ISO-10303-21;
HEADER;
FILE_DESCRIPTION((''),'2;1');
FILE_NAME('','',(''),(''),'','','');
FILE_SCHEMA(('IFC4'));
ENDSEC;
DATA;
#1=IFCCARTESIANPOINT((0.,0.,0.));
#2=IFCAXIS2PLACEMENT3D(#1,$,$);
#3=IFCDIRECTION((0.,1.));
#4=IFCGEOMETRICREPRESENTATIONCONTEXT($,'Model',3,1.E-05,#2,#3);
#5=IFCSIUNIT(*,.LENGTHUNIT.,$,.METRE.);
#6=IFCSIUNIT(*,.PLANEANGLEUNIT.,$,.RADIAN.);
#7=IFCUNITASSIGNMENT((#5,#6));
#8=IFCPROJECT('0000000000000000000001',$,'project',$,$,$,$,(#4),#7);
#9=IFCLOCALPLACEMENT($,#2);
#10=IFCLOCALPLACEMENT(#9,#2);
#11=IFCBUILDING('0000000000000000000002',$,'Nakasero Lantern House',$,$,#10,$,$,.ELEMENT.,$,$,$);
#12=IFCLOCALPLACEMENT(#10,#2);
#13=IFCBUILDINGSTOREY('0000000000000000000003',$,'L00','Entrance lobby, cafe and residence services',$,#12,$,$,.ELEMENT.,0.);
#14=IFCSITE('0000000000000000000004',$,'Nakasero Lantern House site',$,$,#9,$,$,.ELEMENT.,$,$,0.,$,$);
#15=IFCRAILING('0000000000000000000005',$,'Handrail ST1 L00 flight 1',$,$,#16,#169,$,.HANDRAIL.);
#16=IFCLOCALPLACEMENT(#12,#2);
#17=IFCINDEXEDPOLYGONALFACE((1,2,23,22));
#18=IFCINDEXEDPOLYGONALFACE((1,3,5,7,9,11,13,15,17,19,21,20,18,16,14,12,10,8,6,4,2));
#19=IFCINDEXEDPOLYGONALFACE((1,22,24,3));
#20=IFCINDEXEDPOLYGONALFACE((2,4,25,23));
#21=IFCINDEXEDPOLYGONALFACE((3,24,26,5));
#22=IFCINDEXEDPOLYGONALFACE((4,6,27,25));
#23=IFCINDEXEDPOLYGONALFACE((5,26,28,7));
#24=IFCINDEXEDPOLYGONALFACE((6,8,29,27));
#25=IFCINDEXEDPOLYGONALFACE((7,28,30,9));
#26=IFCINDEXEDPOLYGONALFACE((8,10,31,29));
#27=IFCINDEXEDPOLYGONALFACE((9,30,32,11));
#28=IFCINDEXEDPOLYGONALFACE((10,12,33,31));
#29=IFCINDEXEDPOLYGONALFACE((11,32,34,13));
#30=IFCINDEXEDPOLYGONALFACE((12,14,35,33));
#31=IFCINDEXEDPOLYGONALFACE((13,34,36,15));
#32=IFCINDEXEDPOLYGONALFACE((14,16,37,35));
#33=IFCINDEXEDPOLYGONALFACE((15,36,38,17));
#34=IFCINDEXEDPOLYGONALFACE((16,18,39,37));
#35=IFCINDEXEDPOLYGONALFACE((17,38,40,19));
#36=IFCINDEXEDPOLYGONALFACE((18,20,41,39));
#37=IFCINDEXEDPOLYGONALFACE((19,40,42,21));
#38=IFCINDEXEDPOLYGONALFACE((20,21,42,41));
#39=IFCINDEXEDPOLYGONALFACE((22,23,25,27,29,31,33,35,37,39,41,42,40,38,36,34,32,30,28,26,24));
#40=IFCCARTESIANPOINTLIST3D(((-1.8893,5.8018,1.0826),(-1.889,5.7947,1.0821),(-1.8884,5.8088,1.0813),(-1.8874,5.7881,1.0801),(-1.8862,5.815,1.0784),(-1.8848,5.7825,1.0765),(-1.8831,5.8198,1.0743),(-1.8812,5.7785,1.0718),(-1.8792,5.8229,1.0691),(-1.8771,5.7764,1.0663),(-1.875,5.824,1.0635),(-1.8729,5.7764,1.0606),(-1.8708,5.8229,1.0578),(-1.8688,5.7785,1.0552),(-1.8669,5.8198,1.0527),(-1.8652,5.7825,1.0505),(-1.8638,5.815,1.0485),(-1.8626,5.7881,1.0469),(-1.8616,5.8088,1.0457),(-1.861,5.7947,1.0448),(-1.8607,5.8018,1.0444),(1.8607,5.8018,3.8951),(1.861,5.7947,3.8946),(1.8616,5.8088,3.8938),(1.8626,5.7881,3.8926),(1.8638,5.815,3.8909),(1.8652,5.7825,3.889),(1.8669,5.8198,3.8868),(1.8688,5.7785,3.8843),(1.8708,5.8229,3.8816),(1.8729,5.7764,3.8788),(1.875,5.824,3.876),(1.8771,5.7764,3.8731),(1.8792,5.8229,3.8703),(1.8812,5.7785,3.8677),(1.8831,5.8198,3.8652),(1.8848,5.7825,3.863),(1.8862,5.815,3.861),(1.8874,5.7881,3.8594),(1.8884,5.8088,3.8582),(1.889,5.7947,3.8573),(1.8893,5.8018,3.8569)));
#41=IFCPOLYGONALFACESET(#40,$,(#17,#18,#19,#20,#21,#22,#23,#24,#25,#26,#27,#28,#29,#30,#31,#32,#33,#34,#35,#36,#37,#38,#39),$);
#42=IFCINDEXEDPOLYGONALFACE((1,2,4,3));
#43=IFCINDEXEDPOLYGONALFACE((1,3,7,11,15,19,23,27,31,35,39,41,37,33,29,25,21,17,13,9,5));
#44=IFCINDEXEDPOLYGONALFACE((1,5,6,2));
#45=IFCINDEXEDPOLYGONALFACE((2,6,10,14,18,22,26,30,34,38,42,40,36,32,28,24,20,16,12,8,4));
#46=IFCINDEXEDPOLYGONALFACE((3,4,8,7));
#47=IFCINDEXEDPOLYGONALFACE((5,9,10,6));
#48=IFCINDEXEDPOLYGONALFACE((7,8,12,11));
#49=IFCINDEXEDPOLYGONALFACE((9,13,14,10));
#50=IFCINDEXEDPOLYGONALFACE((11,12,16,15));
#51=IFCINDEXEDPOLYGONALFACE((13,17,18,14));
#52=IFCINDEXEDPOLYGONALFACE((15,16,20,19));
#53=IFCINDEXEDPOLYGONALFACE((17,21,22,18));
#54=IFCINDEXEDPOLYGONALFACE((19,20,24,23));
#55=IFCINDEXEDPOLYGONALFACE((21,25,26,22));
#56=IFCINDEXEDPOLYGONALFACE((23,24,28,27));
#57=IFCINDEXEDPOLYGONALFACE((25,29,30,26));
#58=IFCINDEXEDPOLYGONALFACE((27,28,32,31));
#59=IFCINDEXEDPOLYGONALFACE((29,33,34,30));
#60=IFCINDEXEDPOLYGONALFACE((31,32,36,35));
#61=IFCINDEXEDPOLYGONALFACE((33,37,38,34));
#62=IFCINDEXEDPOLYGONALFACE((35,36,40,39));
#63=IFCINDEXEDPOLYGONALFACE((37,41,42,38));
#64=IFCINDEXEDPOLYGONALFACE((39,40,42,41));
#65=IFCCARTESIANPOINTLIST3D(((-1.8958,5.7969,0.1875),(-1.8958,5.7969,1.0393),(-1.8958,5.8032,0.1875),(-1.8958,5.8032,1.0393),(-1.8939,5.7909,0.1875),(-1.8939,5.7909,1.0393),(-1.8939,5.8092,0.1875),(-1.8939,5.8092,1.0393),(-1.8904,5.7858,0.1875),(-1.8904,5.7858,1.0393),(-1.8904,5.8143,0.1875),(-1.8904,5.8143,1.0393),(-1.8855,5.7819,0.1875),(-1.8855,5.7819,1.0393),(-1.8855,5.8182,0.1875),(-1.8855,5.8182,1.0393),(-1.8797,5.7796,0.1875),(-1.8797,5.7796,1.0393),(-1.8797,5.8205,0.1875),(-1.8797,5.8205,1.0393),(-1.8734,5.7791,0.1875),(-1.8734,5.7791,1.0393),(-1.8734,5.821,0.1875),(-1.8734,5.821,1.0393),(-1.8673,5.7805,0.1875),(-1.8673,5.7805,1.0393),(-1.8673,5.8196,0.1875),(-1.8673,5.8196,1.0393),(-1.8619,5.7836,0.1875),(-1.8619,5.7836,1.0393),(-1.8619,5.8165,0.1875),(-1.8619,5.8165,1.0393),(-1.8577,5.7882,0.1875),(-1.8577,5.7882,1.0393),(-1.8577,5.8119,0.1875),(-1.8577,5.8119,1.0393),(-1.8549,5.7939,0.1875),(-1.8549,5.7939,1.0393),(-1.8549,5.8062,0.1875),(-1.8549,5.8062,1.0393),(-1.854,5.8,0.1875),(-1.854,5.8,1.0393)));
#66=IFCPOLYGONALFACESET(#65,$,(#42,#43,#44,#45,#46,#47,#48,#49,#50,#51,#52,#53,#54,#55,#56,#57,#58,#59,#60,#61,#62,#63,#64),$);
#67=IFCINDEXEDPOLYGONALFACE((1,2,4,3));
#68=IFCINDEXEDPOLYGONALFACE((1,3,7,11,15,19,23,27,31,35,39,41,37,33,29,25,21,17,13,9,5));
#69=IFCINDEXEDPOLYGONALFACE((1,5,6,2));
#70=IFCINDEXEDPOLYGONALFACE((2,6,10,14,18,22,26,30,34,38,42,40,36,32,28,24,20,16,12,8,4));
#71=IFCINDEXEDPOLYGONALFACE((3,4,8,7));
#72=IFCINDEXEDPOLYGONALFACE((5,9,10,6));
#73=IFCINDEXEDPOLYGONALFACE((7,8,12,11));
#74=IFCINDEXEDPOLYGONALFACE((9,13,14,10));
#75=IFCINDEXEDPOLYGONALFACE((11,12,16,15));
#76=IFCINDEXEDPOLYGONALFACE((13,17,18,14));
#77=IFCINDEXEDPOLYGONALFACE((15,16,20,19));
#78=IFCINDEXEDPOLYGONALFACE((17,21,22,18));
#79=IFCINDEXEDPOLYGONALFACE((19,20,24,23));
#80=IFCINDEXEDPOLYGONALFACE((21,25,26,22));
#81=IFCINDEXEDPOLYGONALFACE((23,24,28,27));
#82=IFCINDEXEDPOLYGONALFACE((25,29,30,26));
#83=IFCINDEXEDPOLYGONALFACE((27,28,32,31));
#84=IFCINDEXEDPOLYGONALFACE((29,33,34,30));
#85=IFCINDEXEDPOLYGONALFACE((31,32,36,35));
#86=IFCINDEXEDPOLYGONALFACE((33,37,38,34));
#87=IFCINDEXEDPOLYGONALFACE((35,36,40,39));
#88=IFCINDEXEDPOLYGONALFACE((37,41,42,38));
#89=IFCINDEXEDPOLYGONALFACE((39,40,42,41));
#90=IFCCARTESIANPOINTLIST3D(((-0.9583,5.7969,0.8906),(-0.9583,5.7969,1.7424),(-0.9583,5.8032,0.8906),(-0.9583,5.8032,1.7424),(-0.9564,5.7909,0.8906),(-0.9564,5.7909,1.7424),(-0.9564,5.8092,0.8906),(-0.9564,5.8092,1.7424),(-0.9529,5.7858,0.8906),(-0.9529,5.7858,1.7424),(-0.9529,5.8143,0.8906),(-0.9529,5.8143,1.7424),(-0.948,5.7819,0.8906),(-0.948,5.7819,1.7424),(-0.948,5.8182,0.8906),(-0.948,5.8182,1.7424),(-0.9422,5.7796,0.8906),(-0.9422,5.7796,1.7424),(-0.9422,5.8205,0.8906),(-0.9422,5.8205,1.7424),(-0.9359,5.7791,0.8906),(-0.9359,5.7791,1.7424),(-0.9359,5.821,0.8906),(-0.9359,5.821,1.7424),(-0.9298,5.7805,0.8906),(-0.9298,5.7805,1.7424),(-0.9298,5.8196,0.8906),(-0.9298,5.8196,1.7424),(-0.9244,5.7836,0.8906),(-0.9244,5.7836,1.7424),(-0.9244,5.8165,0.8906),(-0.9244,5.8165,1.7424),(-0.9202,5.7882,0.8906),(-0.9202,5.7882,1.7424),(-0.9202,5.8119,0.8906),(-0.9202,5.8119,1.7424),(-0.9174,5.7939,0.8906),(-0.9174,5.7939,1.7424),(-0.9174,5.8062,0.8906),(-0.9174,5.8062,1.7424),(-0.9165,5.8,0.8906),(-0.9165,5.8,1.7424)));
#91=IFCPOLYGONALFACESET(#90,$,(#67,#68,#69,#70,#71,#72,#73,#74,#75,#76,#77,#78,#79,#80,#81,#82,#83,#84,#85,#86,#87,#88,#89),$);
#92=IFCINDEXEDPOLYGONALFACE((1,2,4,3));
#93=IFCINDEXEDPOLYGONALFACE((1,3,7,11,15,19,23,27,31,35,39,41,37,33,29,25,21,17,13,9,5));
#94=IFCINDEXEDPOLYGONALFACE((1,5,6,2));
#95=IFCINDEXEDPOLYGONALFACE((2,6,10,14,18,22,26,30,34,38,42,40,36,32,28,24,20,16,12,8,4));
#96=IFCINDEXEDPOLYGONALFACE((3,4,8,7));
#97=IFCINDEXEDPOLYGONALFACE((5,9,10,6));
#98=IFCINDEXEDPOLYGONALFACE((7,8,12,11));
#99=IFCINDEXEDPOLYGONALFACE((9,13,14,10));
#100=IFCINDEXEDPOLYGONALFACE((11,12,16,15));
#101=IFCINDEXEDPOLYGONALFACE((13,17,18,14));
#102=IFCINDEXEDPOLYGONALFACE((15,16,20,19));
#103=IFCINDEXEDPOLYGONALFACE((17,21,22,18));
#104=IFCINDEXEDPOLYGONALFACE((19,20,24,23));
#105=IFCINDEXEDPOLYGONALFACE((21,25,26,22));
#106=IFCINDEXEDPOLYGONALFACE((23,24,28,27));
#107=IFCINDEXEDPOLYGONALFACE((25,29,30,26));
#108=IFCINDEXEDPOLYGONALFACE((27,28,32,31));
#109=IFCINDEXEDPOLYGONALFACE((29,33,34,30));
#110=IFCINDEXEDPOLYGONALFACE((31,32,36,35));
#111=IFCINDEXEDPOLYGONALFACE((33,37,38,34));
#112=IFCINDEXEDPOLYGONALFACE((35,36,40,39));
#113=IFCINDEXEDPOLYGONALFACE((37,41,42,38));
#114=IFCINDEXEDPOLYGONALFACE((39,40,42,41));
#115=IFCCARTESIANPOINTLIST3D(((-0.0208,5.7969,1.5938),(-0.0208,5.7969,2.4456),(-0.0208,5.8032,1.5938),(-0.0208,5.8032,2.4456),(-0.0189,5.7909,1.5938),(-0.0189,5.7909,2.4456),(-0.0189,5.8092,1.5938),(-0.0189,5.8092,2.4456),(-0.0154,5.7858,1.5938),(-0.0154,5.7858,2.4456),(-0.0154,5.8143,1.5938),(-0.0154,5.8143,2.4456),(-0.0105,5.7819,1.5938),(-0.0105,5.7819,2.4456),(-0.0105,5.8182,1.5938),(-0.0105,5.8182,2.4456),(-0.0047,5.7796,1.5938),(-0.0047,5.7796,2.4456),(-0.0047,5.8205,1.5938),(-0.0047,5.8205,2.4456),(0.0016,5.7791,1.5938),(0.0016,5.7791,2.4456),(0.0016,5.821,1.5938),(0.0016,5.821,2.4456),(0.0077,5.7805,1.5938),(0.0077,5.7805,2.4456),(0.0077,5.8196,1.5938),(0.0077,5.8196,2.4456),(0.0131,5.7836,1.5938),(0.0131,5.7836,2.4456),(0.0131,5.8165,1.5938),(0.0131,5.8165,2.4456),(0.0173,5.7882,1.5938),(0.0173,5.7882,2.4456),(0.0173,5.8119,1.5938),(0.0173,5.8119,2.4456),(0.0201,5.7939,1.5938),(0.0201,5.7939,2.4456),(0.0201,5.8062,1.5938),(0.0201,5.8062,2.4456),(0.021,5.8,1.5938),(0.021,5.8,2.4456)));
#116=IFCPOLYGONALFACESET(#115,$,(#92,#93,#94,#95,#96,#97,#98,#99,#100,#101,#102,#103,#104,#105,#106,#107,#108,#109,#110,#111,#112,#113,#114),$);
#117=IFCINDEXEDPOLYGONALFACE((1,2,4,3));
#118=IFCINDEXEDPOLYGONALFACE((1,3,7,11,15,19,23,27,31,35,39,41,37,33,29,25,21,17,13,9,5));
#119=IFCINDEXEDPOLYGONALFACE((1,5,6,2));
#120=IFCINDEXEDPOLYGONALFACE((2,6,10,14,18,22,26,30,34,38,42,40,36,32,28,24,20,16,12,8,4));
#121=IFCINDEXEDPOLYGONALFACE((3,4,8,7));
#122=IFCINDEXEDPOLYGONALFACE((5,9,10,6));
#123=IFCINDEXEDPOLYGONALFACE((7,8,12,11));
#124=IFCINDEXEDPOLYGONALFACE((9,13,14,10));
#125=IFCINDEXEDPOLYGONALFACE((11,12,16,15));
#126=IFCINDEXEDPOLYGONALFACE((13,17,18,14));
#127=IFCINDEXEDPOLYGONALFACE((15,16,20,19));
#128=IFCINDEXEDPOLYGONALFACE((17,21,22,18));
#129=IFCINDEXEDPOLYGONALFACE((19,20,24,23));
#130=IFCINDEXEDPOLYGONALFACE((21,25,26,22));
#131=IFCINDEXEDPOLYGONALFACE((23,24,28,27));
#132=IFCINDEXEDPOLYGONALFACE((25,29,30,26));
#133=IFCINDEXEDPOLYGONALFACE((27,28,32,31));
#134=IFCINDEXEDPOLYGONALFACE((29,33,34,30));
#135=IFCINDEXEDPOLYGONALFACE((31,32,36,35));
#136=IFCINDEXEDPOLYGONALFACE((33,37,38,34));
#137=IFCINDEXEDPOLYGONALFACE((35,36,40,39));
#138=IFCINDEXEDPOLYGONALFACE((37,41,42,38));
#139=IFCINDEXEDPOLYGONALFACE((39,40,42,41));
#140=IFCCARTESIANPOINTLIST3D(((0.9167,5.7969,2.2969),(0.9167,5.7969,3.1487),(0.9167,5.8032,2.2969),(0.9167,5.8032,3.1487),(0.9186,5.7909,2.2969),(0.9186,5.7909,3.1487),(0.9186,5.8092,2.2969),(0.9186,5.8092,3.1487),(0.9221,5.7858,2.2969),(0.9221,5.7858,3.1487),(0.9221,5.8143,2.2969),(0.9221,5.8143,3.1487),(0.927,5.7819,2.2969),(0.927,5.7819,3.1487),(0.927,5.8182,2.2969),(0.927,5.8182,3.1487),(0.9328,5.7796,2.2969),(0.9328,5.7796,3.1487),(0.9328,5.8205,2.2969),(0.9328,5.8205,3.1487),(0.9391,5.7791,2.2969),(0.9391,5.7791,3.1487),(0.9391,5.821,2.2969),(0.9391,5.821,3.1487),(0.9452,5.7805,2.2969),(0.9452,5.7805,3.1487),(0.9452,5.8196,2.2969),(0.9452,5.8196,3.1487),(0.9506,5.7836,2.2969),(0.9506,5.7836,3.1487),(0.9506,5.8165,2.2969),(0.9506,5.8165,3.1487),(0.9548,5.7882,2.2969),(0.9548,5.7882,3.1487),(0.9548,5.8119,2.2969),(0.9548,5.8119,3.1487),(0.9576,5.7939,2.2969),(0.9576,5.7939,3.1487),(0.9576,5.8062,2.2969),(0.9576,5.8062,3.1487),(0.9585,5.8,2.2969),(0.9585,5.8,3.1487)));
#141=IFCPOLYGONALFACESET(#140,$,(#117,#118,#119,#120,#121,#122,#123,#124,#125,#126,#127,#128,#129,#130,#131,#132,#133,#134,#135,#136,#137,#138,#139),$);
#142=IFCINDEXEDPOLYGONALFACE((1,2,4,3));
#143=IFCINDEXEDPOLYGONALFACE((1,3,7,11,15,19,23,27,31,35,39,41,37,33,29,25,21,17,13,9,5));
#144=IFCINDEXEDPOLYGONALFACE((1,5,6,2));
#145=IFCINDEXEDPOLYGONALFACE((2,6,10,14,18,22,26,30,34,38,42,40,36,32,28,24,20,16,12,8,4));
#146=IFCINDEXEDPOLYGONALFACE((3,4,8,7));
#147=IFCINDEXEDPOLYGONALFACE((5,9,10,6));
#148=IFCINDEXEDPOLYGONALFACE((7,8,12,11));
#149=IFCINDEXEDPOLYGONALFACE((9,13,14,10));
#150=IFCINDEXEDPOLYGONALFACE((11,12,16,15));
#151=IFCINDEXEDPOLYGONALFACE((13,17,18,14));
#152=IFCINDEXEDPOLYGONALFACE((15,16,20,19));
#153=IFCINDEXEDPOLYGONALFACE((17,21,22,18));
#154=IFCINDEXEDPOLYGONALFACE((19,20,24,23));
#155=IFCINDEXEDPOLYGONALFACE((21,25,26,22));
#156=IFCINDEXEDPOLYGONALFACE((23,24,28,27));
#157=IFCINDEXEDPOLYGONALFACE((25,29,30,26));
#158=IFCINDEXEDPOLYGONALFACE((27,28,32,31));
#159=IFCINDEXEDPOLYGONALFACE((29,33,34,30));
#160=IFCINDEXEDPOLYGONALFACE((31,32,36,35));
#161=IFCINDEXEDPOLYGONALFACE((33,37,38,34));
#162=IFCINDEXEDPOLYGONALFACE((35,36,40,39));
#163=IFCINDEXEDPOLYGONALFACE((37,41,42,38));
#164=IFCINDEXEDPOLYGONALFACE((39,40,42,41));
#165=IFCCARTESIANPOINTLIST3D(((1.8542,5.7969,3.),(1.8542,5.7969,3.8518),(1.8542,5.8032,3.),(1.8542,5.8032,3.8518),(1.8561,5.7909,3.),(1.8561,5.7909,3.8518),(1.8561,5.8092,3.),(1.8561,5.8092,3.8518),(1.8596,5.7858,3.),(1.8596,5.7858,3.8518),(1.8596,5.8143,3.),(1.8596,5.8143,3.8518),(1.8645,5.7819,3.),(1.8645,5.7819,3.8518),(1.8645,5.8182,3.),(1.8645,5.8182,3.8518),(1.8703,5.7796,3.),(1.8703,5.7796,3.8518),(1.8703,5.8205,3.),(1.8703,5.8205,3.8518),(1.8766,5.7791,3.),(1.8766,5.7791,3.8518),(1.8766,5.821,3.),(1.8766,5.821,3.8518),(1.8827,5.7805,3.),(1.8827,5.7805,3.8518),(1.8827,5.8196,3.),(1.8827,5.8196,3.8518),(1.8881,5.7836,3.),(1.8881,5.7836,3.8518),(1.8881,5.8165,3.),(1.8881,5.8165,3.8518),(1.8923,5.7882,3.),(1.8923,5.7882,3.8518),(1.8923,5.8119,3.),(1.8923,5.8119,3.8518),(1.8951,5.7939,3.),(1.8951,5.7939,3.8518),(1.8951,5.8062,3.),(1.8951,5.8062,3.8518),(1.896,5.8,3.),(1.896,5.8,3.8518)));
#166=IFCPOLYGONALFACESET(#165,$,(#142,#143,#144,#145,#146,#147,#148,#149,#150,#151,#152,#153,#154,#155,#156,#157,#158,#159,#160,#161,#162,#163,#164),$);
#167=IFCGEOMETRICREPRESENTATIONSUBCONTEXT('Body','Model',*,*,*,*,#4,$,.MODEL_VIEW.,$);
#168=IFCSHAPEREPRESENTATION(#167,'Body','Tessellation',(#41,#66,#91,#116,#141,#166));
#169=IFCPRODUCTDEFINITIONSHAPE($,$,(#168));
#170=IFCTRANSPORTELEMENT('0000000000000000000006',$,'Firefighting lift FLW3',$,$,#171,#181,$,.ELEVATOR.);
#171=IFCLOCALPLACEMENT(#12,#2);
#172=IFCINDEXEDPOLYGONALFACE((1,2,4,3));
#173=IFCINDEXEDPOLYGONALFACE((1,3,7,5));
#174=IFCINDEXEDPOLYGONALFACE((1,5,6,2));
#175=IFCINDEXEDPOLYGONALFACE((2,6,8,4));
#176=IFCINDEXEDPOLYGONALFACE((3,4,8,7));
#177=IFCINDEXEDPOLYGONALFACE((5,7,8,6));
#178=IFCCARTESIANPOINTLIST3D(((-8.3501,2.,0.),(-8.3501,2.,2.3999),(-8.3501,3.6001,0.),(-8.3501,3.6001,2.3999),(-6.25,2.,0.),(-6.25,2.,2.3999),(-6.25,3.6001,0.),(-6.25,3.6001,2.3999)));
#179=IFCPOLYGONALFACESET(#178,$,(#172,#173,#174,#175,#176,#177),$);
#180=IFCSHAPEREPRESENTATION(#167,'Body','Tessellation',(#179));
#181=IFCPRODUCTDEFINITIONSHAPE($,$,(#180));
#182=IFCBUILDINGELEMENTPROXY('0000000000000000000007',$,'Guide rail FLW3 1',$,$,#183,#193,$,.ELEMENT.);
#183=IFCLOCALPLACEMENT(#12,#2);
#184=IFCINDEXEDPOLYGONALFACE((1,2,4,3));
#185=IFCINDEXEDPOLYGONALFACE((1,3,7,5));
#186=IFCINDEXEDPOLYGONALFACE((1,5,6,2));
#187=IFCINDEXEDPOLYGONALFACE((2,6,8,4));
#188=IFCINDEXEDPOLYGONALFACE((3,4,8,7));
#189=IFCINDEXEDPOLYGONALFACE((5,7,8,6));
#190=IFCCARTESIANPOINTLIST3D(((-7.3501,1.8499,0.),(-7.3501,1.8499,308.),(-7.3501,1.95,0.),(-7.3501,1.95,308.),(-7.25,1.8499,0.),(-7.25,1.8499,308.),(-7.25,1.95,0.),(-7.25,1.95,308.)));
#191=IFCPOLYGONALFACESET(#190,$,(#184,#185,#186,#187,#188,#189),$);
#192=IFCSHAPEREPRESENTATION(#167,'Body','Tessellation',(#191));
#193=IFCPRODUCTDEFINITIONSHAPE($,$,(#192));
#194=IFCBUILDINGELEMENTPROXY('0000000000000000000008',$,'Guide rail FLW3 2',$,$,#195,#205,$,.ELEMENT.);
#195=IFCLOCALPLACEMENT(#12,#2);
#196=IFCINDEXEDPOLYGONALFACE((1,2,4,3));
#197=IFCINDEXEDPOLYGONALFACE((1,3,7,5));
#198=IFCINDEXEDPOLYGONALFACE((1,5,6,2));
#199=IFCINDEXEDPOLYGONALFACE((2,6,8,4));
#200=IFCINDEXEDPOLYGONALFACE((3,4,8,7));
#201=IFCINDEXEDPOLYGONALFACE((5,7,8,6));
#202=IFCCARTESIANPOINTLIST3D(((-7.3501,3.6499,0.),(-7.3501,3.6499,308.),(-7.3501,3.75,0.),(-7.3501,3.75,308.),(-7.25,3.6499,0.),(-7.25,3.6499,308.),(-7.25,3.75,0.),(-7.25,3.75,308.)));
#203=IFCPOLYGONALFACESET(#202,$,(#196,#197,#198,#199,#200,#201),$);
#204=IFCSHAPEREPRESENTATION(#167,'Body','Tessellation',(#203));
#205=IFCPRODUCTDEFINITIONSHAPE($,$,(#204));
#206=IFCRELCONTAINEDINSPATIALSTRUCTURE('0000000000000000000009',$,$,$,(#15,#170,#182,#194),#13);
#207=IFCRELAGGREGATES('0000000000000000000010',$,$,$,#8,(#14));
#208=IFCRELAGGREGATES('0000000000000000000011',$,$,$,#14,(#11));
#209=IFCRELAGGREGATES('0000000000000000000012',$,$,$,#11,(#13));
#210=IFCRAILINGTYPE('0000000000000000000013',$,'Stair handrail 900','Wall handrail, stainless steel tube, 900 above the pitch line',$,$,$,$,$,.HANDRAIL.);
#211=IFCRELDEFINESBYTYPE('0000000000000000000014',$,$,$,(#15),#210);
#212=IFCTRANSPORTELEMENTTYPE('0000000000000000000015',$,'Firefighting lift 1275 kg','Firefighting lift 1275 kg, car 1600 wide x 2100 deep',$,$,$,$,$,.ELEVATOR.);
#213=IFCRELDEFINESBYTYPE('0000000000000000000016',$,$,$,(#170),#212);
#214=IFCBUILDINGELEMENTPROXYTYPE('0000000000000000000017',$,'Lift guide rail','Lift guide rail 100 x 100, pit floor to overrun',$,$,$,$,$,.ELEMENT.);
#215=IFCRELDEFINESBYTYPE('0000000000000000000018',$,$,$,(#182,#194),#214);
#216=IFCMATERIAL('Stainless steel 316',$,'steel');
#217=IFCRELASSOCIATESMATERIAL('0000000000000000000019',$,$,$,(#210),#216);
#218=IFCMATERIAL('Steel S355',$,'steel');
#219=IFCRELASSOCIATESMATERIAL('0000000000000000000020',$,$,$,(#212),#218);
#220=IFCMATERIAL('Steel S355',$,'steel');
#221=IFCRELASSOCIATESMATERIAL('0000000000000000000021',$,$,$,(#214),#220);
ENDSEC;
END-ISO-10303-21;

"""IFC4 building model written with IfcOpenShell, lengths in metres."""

from ifc_helpers import new_model, si_unit, direction, frame, origin, origin_2d, place, context, subcontext, project, spatial, rectangle, circle, extrude, material, type_object, element, save


model = new_model("IFC4")

# Units and contexts
model_context = context("Model", 3, precision=1e-05, world=origin(), true_north=direction((0.0, 1.0)))
body_context = subcontext(model_context, "Body", "Model", "MODEL_VIEW")
ifc_project = project(units=[si_unit("LENGTHUNIT", "METRE"), si_unit("PLANEANGLEUNIT", "RADIAN")], contexts=[model_context])

# Site, building, storey
site_placement = place(None, origin())
site = spatial("IfcSite", under=ifc_project, at=site_placement, Name="Nakasero Lantern House site", CompositionType="ELEMENT", RefElevation=0.0)
building_placement = place(site_placement, origin())
building = spatial("IfcBuilding", under=site, at=building_placement, Name="Nakasero Lantern House", CompositionType="ELEMENT")
storey_placement = place(building_placement, origin())
storey = spatial("IfcBuildingStorey", under=building, at=storey_placement, Name="L00", Description="Entrance lobby, cafe and residence services", CompositionType="ELEMENT", Elevation=0.0)

# Railing
ifc_material_1 = material(Name="Stainless steel 316", Category="steel")
railing_type = type_object("IfcRailingType", Name="Stair handrail 900", Description="Wall handrail, stainless steel tube, 900 above the pitch line", PredefinedType="HANDRAIL", material=ifc_material_1)
railing_placement = place(storey_placement, frame((-1.875, 5.8, 0.1875)))
element("IfcRailing", 1, at=railing_placement, inside=storey, type_object=railing_type, Name="Handrail ST1 L00 flight 1", PredefinedType="HANDRAIL", context=body_context, shape_type="SweptSolid", body=[
    extrude(circle(Radius=0.0239, at=origin_2d()), frame((0.0, 0.0, 0.876), z_axis=(0.8, 0.0, 0.6), x_axis=(0.0, 1.0, 0.0)), (0.0, 0.0, 1.0), 4.6875),
    extrude(circle(Radius=0.021, at=origin_2d()), origin(), (0.0, 0.0, 1.0), 0.8518),
    extrude(circle(Radius=0.021, at=origin_2d()), frame((0.9375, 0.0, 0.7031)), (0.0, 0.0, 1.0), 0.8518),
    extrude(circle(Radius=0.021, at=origin_2d()), frame((1.875, 0.0, 1.4062)), (0.0, 0.0, 1.0), 0.8518),
    extrude(circle(Radius=0.021, at=origin_2d()), frame((2.8125, 0.0, 2.1094)), (0.0, 0.0, 1.0), 0.8518),
    extrude(circle(Radius=0.021, at=origin_2d()), frame((3.75, 0.0, 2.8125)), (0.0, 0.0, 1.0), 0.8518),
])

# Transport element
ifc_material_2 = material(Name="Steel S355", Category="steel")
transport_element_type = type_object("IfcTransportElementType", Name="Firefighting lift 1275 kg", Description="Firefighting lift 1275 kg, car 1600 wide x 2100 deep", PredefinedType="ELEVATOR", material=ifc_material_2)
transport_element_placement = place(storey_placement, frame((-7.3, 2.8, 0.0), z_axis=(0.0, 0.0, 1.0), x_axis=(1.0, 0.0, 0.0)))
element("IfcTransportElement", 2, at=transport_element_placement, inside=storey, type_object=transport_element_type, Name="Firefighting lift FLW3", PredefinedType="ELEVATOR", context=body_context, shape_type="SweptSolid", body=[
    extrude(rectangle(XDim=2.1001, YDim=1.6001, at=origin_2d()), origin(), (0.0, 0.0, 1.0), 2.3999),
])

# Building element proxies
ifc_material_3 = material(Name="Steel S355", Category="steel")
building_element_proxy_type = type_object("IfcBuildingElementProxyType", Name="Lift guide rail", Description="Lift guide rail 100 x 100, pit floor to overrun", PredefinedType="ELEMENT", material=ifc_material_3)
for number, where, z_axis, x_axis, name in (
    (3, (-7.3, 1.8999, 0.0), (0.0, 0.0, 1.0), (1.0, 0.0, 0.0), "Guide rail FLW3 1"),
    (4, (-7.3, 3.7, 0.0), (0.0, 0.0, 1.0), (1.0, 0.0, 0.0), "Guide rail FLW3 2"),
):
    element("IfcBuildingElementProxy", number, at=place(storey_placement, frame(where, z_axis=z_axis, x_axis=x_axis)), inside=storey, type_object=building_element_proxy_type, Name=name, PredefinedType="ELEMENT", context=body_context, shape_type="SweptSolid", body=[
        extrude(rectangle(XDim=0.1001, YDim=0.1001, at=origin_2d()), origin(), (0.0, 0.0, 1.0), 308.0),
    ])

save(model, "model.ifc")
